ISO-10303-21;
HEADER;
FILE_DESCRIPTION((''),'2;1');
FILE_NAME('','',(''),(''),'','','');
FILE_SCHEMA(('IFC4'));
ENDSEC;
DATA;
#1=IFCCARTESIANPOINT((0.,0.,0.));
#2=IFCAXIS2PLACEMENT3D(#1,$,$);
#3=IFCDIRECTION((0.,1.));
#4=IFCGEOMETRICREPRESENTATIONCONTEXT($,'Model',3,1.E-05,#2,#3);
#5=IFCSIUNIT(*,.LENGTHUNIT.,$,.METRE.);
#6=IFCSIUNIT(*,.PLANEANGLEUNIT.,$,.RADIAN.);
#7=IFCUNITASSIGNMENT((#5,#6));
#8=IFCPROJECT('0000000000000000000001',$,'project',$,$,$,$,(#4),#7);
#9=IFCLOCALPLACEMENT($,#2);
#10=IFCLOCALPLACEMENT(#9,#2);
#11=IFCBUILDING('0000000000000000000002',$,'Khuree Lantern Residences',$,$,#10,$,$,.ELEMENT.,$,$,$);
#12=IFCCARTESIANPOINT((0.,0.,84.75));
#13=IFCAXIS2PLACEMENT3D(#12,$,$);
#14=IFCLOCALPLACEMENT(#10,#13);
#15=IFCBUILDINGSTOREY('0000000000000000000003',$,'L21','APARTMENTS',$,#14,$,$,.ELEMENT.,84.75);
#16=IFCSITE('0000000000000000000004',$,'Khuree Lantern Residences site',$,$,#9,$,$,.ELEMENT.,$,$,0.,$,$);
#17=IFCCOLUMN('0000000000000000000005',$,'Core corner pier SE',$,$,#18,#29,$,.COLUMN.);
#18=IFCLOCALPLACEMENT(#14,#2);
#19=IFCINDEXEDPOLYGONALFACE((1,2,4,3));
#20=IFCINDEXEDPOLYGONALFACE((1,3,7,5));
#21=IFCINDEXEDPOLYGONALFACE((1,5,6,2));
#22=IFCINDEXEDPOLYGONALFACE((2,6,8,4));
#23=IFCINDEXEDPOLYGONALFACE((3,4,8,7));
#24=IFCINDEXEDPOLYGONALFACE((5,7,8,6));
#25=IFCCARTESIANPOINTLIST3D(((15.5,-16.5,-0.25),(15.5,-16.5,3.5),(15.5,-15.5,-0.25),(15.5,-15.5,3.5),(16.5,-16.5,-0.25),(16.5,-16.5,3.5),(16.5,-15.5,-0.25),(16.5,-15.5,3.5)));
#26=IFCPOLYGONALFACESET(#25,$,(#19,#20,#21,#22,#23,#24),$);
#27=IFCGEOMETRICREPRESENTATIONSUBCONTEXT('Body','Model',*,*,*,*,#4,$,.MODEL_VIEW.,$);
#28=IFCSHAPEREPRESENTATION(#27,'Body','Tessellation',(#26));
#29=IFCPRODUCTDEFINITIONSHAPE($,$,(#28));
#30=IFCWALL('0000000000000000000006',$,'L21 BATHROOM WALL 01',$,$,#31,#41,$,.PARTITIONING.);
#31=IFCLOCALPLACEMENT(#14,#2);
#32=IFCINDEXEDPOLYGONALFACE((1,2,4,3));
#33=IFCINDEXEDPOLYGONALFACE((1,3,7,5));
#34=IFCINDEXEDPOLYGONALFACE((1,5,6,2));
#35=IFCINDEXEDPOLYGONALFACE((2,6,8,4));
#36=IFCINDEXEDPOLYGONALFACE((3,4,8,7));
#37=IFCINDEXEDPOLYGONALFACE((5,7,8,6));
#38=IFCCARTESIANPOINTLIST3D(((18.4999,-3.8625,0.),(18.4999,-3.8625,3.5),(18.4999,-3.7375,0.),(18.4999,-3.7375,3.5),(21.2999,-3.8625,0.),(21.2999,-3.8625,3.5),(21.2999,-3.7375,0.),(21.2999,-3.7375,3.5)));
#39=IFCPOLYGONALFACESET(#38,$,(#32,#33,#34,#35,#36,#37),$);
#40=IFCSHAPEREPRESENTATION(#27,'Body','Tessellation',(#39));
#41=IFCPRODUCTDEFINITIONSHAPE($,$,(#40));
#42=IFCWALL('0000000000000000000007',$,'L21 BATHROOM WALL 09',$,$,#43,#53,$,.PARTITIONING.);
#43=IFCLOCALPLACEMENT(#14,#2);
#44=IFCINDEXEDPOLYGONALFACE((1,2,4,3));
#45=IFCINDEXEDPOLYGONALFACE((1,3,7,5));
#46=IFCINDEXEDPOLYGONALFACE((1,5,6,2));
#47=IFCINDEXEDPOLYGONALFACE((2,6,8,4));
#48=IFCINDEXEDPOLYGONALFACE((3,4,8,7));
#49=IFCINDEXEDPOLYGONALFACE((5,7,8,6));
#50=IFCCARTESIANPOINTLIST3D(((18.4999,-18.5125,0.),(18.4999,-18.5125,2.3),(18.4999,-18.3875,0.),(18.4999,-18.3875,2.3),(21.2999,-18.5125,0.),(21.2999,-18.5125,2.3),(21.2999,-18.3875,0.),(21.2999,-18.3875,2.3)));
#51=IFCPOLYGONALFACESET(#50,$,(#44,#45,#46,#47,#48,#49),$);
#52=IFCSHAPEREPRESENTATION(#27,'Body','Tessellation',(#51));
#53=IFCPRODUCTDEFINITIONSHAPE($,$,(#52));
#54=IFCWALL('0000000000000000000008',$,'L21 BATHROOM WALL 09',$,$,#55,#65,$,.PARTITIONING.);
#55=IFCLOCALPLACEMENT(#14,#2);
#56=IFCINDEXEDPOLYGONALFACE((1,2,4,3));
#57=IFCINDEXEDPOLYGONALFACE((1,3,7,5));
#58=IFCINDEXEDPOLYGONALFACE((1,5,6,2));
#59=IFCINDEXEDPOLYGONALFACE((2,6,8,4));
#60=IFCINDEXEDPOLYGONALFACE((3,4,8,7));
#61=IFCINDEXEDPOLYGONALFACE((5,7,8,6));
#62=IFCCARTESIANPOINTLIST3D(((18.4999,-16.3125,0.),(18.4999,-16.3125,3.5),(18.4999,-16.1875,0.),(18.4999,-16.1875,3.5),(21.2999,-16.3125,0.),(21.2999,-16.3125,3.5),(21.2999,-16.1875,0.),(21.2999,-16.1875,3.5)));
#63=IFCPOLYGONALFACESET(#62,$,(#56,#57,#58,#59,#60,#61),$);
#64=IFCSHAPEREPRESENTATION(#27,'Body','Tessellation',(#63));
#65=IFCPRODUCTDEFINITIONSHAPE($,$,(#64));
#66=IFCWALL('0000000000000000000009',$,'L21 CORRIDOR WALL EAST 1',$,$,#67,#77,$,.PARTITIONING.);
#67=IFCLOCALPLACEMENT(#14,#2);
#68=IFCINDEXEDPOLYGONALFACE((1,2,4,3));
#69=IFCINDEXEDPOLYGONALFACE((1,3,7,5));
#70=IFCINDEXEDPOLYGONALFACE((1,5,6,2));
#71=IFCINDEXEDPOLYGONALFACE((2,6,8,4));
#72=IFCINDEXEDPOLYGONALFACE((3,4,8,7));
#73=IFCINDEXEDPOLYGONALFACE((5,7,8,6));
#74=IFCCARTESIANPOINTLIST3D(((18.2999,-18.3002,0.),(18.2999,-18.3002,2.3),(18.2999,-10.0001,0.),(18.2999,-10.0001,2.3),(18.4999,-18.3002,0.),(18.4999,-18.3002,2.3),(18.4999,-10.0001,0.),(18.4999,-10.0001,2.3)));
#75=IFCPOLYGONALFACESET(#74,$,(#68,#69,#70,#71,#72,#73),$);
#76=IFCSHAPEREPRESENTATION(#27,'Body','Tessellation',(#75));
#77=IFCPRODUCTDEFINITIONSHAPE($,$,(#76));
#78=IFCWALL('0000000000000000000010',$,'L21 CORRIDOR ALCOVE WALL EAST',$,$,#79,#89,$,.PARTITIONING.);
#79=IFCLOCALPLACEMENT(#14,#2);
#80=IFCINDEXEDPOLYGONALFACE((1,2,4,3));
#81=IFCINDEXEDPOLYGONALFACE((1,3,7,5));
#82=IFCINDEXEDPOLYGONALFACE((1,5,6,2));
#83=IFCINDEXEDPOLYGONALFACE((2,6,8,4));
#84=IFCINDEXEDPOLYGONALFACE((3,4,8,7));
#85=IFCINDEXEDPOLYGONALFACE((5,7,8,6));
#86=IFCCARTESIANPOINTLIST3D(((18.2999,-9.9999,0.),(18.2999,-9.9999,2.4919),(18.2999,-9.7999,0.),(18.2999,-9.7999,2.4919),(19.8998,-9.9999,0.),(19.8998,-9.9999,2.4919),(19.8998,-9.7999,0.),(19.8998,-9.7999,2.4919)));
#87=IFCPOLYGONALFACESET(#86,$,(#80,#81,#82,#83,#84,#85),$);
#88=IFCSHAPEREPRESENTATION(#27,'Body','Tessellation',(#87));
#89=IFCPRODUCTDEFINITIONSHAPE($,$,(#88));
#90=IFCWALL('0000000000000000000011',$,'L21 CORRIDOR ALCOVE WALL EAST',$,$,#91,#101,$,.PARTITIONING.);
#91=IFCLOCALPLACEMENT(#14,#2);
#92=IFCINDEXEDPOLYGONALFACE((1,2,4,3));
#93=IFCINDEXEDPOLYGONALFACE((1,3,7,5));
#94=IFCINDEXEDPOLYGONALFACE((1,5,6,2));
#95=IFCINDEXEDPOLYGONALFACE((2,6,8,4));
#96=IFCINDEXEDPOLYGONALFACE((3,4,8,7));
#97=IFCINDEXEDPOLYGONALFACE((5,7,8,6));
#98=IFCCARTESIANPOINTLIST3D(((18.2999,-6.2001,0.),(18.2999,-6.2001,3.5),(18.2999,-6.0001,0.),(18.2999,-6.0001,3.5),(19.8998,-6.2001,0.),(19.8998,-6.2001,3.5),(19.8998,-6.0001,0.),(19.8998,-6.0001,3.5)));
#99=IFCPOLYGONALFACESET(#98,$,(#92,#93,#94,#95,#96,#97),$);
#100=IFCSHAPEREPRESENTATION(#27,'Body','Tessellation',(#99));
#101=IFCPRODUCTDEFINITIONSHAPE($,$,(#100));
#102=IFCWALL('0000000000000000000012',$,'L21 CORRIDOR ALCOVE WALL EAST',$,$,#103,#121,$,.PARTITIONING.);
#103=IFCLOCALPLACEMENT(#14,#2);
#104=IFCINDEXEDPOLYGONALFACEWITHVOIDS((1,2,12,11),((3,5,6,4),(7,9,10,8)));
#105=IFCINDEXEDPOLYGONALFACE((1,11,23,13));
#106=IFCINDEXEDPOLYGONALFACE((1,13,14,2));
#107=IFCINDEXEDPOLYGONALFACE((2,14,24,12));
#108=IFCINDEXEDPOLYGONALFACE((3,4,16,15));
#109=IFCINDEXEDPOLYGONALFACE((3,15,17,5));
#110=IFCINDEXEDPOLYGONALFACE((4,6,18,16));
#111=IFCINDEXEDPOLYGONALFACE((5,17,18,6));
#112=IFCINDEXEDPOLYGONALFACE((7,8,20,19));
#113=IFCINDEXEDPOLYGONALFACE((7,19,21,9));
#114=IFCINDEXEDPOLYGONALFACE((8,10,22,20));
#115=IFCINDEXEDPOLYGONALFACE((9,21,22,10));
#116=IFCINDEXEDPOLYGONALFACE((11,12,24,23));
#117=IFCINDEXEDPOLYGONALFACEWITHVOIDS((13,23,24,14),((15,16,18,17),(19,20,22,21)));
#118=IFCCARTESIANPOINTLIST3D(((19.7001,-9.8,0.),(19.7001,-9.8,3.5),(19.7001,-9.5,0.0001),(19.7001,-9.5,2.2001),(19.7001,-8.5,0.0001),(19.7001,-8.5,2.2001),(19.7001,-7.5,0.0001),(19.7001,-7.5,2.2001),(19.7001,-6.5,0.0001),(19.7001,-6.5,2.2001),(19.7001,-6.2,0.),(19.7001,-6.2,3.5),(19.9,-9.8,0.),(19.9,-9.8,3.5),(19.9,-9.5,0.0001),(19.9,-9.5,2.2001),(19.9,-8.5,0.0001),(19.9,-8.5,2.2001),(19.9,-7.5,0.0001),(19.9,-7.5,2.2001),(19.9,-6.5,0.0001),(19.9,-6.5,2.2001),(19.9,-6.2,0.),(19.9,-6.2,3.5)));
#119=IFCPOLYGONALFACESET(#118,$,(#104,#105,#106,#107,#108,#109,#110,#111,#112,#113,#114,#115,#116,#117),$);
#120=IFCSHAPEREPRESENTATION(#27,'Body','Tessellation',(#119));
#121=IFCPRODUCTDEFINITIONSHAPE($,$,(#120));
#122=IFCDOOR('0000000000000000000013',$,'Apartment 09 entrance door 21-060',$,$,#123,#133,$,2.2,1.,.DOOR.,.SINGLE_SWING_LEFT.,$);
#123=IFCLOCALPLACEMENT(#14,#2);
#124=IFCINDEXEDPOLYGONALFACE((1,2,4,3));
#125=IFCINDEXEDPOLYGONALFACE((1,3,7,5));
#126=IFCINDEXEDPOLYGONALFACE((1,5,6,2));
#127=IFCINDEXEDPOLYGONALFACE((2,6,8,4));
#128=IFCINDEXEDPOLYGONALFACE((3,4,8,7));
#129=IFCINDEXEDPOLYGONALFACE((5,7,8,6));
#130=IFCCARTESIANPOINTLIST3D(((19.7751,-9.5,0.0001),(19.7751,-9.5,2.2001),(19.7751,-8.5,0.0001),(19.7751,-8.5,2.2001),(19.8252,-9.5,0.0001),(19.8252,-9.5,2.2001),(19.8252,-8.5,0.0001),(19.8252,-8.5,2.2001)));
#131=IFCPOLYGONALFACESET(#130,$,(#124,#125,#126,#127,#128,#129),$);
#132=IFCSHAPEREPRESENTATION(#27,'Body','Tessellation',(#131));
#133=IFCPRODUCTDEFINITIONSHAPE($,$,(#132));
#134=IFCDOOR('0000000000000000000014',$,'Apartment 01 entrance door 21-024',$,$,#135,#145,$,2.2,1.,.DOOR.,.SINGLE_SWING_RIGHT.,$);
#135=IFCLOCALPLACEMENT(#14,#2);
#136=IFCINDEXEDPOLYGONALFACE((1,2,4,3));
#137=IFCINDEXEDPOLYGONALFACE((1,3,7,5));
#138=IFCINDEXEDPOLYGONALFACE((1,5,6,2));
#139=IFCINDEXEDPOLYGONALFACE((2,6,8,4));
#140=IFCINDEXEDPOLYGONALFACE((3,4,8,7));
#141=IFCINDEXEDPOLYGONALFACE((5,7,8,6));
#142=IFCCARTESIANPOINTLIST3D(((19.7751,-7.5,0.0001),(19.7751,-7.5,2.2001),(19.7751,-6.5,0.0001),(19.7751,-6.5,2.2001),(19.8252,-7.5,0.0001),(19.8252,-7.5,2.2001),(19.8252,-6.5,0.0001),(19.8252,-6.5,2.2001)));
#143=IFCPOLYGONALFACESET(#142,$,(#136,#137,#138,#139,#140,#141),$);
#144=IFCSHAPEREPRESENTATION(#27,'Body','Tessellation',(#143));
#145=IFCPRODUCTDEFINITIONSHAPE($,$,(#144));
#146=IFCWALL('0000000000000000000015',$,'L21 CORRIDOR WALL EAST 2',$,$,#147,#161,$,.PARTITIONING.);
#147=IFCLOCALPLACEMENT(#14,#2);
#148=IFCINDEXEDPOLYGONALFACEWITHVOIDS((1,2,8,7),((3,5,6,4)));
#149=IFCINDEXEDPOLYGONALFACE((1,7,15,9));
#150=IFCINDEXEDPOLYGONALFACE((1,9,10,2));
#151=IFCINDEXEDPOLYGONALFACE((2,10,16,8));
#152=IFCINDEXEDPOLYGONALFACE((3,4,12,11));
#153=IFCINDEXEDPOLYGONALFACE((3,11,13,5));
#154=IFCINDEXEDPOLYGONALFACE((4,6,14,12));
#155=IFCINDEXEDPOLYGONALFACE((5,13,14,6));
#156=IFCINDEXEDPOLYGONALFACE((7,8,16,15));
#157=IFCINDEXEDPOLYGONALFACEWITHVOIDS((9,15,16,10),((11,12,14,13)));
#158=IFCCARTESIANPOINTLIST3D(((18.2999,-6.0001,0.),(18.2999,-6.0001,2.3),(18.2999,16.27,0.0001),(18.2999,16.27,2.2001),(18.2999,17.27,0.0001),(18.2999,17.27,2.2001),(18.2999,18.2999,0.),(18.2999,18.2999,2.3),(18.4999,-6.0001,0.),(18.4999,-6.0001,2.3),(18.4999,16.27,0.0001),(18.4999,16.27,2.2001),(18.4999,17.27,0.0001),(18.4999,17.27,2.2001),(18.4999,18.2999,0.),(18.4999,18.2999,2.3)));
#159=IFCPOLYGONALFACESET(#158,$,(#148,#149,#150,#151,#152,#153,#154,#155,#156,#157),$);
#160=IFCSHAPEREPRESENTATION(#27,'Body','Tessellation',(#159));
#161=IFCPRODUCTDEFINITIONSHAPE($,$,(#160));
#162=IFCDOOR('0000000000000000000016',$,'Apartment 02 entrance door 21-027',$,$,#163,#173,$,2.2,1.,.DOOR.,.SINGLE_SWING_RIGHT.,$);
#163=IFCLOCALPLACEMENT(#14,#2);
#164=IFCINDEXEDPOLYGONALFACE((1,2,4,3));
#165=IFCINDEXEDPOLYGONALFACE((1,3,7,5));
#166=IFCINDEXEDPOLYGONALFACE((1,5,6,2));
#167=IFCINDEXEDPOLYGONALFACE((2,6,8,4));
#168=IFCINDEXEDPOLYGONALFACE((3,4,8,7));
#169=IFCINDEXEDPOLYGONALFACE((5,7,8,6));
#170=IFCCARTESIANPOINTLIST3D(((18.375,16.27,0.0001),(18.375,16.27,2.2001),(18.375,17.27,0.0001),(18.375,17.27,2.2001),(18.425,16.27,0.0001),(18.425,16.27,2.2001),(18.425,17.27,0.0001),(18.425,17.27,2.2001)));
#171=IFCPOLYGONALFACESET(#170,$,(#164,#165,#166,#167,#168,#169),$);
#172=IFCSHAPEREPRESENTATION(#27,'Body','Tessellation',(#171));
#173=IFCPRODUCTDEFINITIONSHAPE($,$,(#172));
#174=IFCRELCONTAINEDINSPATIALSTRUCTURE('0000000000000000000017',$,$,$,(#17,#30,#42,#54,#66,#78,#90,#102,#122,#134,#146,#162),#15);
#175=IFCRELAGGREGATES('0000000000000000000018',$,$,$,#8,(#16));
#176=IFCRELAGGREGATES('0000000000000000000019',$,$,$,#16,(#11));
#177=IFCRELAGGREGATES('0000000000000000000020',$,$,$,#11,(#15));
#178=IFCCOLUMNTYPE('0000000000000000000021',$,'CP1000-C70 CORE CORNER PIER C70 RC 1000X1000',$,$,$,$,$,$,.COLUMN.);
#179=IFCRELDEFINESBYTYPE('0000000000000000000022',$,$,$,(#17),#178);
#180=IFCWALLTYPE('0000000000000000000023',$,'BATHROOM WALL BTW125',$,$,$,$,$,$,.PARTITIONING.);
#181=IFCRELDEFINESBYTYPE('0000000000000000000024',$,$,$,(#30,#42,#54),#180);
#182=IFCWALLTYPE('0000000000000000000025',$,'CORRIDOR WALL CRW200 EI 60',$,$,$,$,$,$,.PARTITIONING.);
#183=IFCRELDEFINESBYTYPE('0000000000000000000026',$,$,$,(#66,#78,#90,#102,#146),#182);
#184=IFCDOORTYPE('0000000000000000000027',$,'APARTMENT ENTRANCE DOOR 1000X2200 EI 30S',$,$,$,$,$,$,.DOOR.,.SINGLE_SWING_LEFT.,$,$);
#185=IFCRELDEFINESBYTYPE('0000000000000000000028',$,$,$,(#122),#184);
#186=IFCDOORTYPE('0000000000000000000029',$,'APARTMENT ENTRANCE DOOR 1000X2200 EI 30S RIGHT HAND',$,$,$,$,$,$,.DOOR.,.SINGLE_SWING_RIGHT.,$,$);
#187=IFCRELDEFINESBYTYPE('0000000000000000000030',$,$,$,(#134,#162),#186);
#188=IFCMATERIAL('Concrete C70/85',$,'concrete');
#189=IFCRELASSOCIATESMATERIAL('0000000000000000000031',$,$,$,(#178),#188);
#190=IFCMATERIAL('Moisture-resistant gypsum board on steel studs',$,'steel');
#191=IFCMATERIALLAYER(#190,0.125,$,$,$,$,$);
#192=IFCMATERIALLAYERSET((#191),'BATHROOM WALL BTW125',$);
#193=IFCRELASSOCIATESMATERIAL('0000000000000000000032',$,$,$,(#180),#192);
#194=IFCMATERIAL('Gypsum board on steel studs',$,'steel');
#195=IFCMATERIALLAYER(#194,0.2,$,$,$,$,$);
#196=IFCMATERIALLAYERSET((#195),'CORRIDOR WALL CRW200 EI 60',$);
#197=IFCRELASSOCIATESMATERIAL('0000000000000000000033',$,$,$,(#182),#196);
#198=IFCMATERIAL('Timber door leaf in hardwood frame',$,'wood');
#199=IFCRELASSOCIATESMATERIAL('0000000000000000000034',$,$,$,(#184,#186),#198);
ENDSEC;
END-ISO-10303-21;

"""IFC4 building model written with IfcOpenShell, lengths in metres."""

from ifc_helpers import new_model, si_unit, direction, frame, frame_2d, origin, origin_2d, place, context, subcontext, project, spatial, rectangle, extrude, material, layer, layer_set, material_profile, profile_set, type_object, element, fill, save


model = new_model("IFC4")

# Units and contexts
model_context = context("Model", 3, precision=1e-05, world=origin(), true_north=direction((0.0, 1.0)))
body_context = subcontext(model_context, "Body", "Model", "MODEL_VIEW")
ifc_project = project(units=[si_unit("LENGTHUNIT", "METRE"), si_unit("PLANEANGLEUNIT", "RADIAN")], contexts=[model_context])

# Site, building, storey
site_placement = place(None, origin())
site = spatial("IfcSite", under=ifc_project, at=site_placement, Name="Khuree Lantern Residences site", CompositionType="ELEMENT", RefElevation=0.0)
building_placement = place(site_placement, origin())
building = spatial("IfcBuilding", under=site, at=building_placement, Name="Khuree Lantern Residences", CompositionType="ELEMENT")
storey_placement = place(building_placement, frame((0.0, 0.0, 84.75)))
storey = spatial("IfcBuildingStorey", under=building, at=storey_placement, Name="L21", Description="APARTMENTS", CompositionType="ELEMENT", Elevation=84.75)

# Column
ifc_material_1 = material(Name="Concrete C70/85", Category="concrete")
ifc_material_profile = material_profile(ifc_material_1, rectangle(XDim=1.0, YDim=1.0, at=origin_2d()), Name="RC 1000X1000")
ifc_profile_set = profile_set([ifc_material_profile], Name="Concrete C70/85")
column_type = type_object("IfcColumnType", Name="CP1000-C70 CORE CORNER PIER C70 RC 1000X1000", PredefinedType="COLUMN", material=ifc_profile_set)
column_placement = place(storey_placement, frame((16.0, -16.0, -0.25), z_axis=(0.0, 0.0, 1.0), x_axis=(1.0, 0.0, 0.0)))
element("IfcColumn", 1, at=column_placement, inside=storey, type_object=column_type, Name="Core corner pier SE", PredefinedType="COLUMN", context=body_context, shape_type="SweptSolid", body=[
    extrude(rectangle(XDim=1.0, YDim=1.0, at=origin_2d()), origin(), (0.0, 0.0, 1.0), 3.75),
])

# Walls
ifc_material_2 = material(Name="Moisture-resistant gypsum board on steel studs", Category="steel")
ifc_layer_1 = layer(ifc_material_2, 0.125)
ifc_layer_set_1 = layer_set([ifc_layer_1], Name="BATHROOM WALL BTW125")
wall_type_1 = type_object("IfcWallType", Name="BATHROOM WALL BTW125", PredefinedType="PARTITIONING", material=ifc_layer_set_1)
wall_1_placement = place(storey_placement, frame((18.5, -3.8, 0.0), z_axis=(0.0, 0.0, 1.0), x_axis=(1.0, 0.0, 0.0)))
element("IfcWall", 2, at=wall_1_placement, inside=storey, type_object=wall_type_1, Name="L21 BATHROOM WALL 01", PredefinedType="PARTITIONING", context=body_context, shape_type="SweptSolid", body=[
    extrude(rectangle(XDim=2.8, YDim=0.125, at=frame_2d((1.3999, 0.0))), origin(), (0.0, 0.0, 1.0), 3.5),
])
wall_2_placement = place(storey_placement, frame((18.5, -18.45, 0.0), z_axis=(0.0, 0.0, 1.0), x_axis=(1.0, 0.0, 0.0)))
element("IfcWall", 3, at=wall_2_placement, inside=storey, type_object=wall_type_1, Name="L21 BATHROOM WALL 09", PredefinedType="PARTITIONING", context=body_context, shape_type="SweptSolid", body=[
    extrude(rectangle(XDim=2.8, YDim=0.125, at=frame_2d((1.3999, 0.0))), origin(), (0.0, 0.0, 1.0), 2.3),
])
wall_3_placement = place(storey_placement, frame((18.5, -16.25, 0.0), z_axis=(0.0, 0.0, 1.0), x_axis=(1.0, 0.0, 0.0)))
element("IfcWall", 4, at=wall_3_placement, inside=storey, type_object=wall_type_1, Name="L21 BATHROOM WALL 09", PredefinedType="PARTITIONING", context=body_context, shape_type="SweptSolid", body=[
    extrude(rectangle(XDim=2.8, YDim=0.125, at=frame_2d((1.3999, 0.0))), origin(), (0.0, 0.0, 1.0), 3.5),
])
ifc_material_3 = material(Name="Gypsum board on steel studs", Category="steel")
ifc_layer_2 = layer(ifc_material_3, 0.2)
ifc_layer_set_2 = layer_set([ifc_layer_2], Name="CORRIDOR WALL CRW200 EI 60")
wall_type_2 = type_object("IfcWallType", Name="CORRIDOR WALL CRW200 EI 60", PredefinedType="PARTITIONING", material=ifc_layer_set_2)
wall_4_placement = place(storey_placement, frame((18.3999, -18.3, 0.0), z_axis=(0.0, 0.0, 1.0), x_axis=(0.0, 1.0, 0.0)))
element("IfcWall", 5, at=wall_4_placement, inside=storey, type_object=wall_type_2, Name="L21 CORRIDOR WALL EAST 1", PredefinedType="PARTITIONING", context=body_context, shape_type="SweptSolid", body=[
    extrude(rectangle(XDim=8.3, YDim=0.2, at=frame_2d((4.1499, 0.0))), origin(), (0.0, 0.0, 1.0), 2.3),
])
wall_5_placement = place(storey_placement, frame((18.3, -9.8999, 0.0), z_axis=(0.0, 0.0, 1.0), x_axis=(1.0, 0.0, 0.0)))
element("IfcWall", 6, at=wall_5_placement, inside=storey, type_object=wall_type_2, Name="L21 CORRIDOR ALCOVE WALL EAST", PredefinedType="PARTITIONING", context=body_context, shape_type="SweptSolid", body=[
    extrude(rectangle(XDim=1.5999, YDim=0.2, at=frame_2d((0.7998, 0.0))), origin(), (0.0, 0.0, 1.0), 2.4919),
])
wall_6_placement = place(storey_placement, frame((18.3, -6.1001, 0.0), z_axis=(0.0, 0.0, 1.0), x_axis=(1.0, 0.0, 0.0)))
element("IfcWall", 7, at=wall_6_placement, inside=storey, type_object=wall_type_2, Name="L21 CORRIDOR ALCOVE WALL EAST", PredefinedType="PARTITIONING", context=body_context, shape_type="SweptSolid", body=[
    extrude(rectangle(XDim=1.5999, YDim=0.2, at=frame_2d((0.7998, 0.0))), origin(), (0.0, 0.0, 1.0), 3.5),
])

# Wall, openings, doors
wall_7_placement = place(storey_placement, frame((19.8, -9.8, 0.0), z_axis=(0.0, 0.0, 1.0), x_axis=(0.0, 1.0, 0.0)))
wall_7 = element("IfcWall", 8, at=wall_7_placement, inside=storey, type_object=wall_type_2, Name="L21 CORRIDOR ALCOVE WALL EAST", PredefinedType="PARTITIONING", context=body_context, shape_type="SweptSolid", body=[
    extrude(rectangle(XDim=3.6001, YDim=0.2, at=frame_2d((1.8, 0.0))), origin(), (0.0, 0.0, 1.0), 3.5),
])
opening_1_placement = place(wall_7_placement, frame((2.3, 0.0, 0.0)))
opening_1 = element("IfcOpeningElement", 9, at=opening_1_placement, cuts=wall_7, PredefinedType="OPENING", context=body_context, shape_type="SweptSolid", body=[
    extrude(rectangle(XDim=1.0, YDim=2.2, at=frame_2d((0.5, 1.1001))), frame((0.0, 0.1099, 0.0), z_axis=(0.0, -1.0, 0.0), x_axis=(1.0, 0.0, 0.0)), (0.0, 0.0, 1.0), 0.22),
])
opening_2_placement = place(wall_7_placement, frame((0.3, 0.0, 0.0)))
opening_2 = element("IfcOpeningElement", 10, at=opening_2_placement, cuts=wall_7, PredefinedType="OPENING", context=body_context, shape_type="SweptSolid", body=[
    extrude(rectangle(XDim=1.0, YDim=2.2, at=frame_2d((0.5, 1.1001))), frame((0.0, 0.1099, 0.0), z_axis=(0.0, -1.0, 0.0), x_axis=(1.0, 0.0, 0.0)), (0.0, 0.0, 1.0), 0.22),
])
ifc_material_4 = material(Name="Timber door leaf in hardwood frame", Category="wood")
door_type_1 = type_object("IfcDoorType", Name="APARTMENT ENTRANCE DOOR 1000X2200 EI 30S", OperationType="SINGLE_SWING_LEFT", PredefinedType="DOOR", material=ifc_material_4)
door_1_placement = place(opening_2_placement, origin())
door_1 = element("IfcDoor", 11, at=door_1_placement, inside=storey, type_object=door_type_1, Name="Apartment 09 entrance door 21-060", OperationType="SINGLE_SWING_LEFT", OverallHeight=2.2, OverallWidth=1.0, PredefinedType="DOOR", context=body_context, shape_type="SweptSolid", body=[
    extrude(rectangle(XDim=1.0, YDim=2.2, at=frame_2d((0.5, 1.1001))), frame((0.0, 0.0249, 0.0), z_axis=(0.0, -1.0, 0.0), x_axis=(1.0, 0.0, 0.0)), (0.0, 0.0, 1.0), 0.05),
])
fill(opening_2, door_1)
door_type_2 = type_object("IfcDoorType", Name="APARTMENT ENTRANCE DOOR 1000X2200 EI 30S RIGHT HAND", OperationType="SINGLE_SWING_RIGHT", PredefinedType="DOOR", material=ifc_material_4)
door_2_placement = place(opening_1_placement, origin())
door_2 = element("IfcDoor", 12, at=door_2_placement, inside=storey, type_object=door_type_2, Name="Apartment 01 entrance door 21-024", OperationType="SINGLE_SWING_RIGHT", OverallHeight=2.2, OverallWidth=1.0, PredefinedType="DOOR", context=body_context, shape_type="SweptSolid", body=[
    extrude(rectangle(XDim=1.0, YDim=2.2, at=frame_2d((0.5, 1.1001))), frame((0.0, 0.0249, 0.0), z_axis=(0.0, -1.0, 0.0), x_axis=(1.0, 0.0, 0.0)), (0.0, 0.0, 1.0), 0.05),
])
fill(opening_1, door_2)

# Wall, opening, door
wall_8_placement = place(storey_placement, frame((18.3999, -6.0, 0.0), z_axis=(0.0, 0.0, 1.0), x_axis=(0.0, 1.0, 0.0)))
wall_8 = element("IfcWall", 13, at=wall_8_placement, inside=storey, type_object=wall_type_2, Name="L21 CORRIDOR WALL EAST 2", PredefinedType="PARTITIONING", context=body_context, shape_type="SweptSolid", body=[
    extrude(rectangle(XDim=24.3, YDim=0.2, at=frame_2d((12.1499, 0.0))), origin(), (0.0, 0.0, 1.0), 2.3),
])
opening_3_placement = place(wall_8_placement, frame((22.27, 0.0, 0.0)))
opening_3 = element("IfcOpeningElement", 14, at=opening_3_placement, cuts=wall_8, PredefinedType="OPENING", context=body_context, shape_type="SweptSolid", body=[
    extrude(rectangle(XDim=1.0, YDim=2.2, at=frame_2d((0.5, 1.1001))), frame((0.0, 0.1099, 0.0), z_axis=(0.0, -1.0, 0.0), x_axis=(1.0, 0.0, 0.0)), (0.0, 0.0, 1.0), 0.22),
])
door_3_placement = place(opening_3_placement, origin())
door_3 = element("IfcDoor", 15, at=door_3_placement, inside=storey, type_object=door_type_2, Name="Apartment 02 entrance door 21-027", OperationType="SINGLE_SWING_RIGHT", OverallHeight=2.2, OverallWidth=1.0, PredefinedType="DOOR", context=body_context, shape_type="SweptSolid", body=[
    extrude(rectangle(XDim=1.0, YDim=2.2, at=frame_2d((0.5, 1.1001))), frame((0.0, 0.0249, 0.0), z_axis=(0.0, -1.0, 0.0), x_axis=(1.0, 0.0, 0.0)), (0.0, 0.0, 1.0), 0.05),
])
fill(opening_3, door_3)

save(model, "model.ifc")
